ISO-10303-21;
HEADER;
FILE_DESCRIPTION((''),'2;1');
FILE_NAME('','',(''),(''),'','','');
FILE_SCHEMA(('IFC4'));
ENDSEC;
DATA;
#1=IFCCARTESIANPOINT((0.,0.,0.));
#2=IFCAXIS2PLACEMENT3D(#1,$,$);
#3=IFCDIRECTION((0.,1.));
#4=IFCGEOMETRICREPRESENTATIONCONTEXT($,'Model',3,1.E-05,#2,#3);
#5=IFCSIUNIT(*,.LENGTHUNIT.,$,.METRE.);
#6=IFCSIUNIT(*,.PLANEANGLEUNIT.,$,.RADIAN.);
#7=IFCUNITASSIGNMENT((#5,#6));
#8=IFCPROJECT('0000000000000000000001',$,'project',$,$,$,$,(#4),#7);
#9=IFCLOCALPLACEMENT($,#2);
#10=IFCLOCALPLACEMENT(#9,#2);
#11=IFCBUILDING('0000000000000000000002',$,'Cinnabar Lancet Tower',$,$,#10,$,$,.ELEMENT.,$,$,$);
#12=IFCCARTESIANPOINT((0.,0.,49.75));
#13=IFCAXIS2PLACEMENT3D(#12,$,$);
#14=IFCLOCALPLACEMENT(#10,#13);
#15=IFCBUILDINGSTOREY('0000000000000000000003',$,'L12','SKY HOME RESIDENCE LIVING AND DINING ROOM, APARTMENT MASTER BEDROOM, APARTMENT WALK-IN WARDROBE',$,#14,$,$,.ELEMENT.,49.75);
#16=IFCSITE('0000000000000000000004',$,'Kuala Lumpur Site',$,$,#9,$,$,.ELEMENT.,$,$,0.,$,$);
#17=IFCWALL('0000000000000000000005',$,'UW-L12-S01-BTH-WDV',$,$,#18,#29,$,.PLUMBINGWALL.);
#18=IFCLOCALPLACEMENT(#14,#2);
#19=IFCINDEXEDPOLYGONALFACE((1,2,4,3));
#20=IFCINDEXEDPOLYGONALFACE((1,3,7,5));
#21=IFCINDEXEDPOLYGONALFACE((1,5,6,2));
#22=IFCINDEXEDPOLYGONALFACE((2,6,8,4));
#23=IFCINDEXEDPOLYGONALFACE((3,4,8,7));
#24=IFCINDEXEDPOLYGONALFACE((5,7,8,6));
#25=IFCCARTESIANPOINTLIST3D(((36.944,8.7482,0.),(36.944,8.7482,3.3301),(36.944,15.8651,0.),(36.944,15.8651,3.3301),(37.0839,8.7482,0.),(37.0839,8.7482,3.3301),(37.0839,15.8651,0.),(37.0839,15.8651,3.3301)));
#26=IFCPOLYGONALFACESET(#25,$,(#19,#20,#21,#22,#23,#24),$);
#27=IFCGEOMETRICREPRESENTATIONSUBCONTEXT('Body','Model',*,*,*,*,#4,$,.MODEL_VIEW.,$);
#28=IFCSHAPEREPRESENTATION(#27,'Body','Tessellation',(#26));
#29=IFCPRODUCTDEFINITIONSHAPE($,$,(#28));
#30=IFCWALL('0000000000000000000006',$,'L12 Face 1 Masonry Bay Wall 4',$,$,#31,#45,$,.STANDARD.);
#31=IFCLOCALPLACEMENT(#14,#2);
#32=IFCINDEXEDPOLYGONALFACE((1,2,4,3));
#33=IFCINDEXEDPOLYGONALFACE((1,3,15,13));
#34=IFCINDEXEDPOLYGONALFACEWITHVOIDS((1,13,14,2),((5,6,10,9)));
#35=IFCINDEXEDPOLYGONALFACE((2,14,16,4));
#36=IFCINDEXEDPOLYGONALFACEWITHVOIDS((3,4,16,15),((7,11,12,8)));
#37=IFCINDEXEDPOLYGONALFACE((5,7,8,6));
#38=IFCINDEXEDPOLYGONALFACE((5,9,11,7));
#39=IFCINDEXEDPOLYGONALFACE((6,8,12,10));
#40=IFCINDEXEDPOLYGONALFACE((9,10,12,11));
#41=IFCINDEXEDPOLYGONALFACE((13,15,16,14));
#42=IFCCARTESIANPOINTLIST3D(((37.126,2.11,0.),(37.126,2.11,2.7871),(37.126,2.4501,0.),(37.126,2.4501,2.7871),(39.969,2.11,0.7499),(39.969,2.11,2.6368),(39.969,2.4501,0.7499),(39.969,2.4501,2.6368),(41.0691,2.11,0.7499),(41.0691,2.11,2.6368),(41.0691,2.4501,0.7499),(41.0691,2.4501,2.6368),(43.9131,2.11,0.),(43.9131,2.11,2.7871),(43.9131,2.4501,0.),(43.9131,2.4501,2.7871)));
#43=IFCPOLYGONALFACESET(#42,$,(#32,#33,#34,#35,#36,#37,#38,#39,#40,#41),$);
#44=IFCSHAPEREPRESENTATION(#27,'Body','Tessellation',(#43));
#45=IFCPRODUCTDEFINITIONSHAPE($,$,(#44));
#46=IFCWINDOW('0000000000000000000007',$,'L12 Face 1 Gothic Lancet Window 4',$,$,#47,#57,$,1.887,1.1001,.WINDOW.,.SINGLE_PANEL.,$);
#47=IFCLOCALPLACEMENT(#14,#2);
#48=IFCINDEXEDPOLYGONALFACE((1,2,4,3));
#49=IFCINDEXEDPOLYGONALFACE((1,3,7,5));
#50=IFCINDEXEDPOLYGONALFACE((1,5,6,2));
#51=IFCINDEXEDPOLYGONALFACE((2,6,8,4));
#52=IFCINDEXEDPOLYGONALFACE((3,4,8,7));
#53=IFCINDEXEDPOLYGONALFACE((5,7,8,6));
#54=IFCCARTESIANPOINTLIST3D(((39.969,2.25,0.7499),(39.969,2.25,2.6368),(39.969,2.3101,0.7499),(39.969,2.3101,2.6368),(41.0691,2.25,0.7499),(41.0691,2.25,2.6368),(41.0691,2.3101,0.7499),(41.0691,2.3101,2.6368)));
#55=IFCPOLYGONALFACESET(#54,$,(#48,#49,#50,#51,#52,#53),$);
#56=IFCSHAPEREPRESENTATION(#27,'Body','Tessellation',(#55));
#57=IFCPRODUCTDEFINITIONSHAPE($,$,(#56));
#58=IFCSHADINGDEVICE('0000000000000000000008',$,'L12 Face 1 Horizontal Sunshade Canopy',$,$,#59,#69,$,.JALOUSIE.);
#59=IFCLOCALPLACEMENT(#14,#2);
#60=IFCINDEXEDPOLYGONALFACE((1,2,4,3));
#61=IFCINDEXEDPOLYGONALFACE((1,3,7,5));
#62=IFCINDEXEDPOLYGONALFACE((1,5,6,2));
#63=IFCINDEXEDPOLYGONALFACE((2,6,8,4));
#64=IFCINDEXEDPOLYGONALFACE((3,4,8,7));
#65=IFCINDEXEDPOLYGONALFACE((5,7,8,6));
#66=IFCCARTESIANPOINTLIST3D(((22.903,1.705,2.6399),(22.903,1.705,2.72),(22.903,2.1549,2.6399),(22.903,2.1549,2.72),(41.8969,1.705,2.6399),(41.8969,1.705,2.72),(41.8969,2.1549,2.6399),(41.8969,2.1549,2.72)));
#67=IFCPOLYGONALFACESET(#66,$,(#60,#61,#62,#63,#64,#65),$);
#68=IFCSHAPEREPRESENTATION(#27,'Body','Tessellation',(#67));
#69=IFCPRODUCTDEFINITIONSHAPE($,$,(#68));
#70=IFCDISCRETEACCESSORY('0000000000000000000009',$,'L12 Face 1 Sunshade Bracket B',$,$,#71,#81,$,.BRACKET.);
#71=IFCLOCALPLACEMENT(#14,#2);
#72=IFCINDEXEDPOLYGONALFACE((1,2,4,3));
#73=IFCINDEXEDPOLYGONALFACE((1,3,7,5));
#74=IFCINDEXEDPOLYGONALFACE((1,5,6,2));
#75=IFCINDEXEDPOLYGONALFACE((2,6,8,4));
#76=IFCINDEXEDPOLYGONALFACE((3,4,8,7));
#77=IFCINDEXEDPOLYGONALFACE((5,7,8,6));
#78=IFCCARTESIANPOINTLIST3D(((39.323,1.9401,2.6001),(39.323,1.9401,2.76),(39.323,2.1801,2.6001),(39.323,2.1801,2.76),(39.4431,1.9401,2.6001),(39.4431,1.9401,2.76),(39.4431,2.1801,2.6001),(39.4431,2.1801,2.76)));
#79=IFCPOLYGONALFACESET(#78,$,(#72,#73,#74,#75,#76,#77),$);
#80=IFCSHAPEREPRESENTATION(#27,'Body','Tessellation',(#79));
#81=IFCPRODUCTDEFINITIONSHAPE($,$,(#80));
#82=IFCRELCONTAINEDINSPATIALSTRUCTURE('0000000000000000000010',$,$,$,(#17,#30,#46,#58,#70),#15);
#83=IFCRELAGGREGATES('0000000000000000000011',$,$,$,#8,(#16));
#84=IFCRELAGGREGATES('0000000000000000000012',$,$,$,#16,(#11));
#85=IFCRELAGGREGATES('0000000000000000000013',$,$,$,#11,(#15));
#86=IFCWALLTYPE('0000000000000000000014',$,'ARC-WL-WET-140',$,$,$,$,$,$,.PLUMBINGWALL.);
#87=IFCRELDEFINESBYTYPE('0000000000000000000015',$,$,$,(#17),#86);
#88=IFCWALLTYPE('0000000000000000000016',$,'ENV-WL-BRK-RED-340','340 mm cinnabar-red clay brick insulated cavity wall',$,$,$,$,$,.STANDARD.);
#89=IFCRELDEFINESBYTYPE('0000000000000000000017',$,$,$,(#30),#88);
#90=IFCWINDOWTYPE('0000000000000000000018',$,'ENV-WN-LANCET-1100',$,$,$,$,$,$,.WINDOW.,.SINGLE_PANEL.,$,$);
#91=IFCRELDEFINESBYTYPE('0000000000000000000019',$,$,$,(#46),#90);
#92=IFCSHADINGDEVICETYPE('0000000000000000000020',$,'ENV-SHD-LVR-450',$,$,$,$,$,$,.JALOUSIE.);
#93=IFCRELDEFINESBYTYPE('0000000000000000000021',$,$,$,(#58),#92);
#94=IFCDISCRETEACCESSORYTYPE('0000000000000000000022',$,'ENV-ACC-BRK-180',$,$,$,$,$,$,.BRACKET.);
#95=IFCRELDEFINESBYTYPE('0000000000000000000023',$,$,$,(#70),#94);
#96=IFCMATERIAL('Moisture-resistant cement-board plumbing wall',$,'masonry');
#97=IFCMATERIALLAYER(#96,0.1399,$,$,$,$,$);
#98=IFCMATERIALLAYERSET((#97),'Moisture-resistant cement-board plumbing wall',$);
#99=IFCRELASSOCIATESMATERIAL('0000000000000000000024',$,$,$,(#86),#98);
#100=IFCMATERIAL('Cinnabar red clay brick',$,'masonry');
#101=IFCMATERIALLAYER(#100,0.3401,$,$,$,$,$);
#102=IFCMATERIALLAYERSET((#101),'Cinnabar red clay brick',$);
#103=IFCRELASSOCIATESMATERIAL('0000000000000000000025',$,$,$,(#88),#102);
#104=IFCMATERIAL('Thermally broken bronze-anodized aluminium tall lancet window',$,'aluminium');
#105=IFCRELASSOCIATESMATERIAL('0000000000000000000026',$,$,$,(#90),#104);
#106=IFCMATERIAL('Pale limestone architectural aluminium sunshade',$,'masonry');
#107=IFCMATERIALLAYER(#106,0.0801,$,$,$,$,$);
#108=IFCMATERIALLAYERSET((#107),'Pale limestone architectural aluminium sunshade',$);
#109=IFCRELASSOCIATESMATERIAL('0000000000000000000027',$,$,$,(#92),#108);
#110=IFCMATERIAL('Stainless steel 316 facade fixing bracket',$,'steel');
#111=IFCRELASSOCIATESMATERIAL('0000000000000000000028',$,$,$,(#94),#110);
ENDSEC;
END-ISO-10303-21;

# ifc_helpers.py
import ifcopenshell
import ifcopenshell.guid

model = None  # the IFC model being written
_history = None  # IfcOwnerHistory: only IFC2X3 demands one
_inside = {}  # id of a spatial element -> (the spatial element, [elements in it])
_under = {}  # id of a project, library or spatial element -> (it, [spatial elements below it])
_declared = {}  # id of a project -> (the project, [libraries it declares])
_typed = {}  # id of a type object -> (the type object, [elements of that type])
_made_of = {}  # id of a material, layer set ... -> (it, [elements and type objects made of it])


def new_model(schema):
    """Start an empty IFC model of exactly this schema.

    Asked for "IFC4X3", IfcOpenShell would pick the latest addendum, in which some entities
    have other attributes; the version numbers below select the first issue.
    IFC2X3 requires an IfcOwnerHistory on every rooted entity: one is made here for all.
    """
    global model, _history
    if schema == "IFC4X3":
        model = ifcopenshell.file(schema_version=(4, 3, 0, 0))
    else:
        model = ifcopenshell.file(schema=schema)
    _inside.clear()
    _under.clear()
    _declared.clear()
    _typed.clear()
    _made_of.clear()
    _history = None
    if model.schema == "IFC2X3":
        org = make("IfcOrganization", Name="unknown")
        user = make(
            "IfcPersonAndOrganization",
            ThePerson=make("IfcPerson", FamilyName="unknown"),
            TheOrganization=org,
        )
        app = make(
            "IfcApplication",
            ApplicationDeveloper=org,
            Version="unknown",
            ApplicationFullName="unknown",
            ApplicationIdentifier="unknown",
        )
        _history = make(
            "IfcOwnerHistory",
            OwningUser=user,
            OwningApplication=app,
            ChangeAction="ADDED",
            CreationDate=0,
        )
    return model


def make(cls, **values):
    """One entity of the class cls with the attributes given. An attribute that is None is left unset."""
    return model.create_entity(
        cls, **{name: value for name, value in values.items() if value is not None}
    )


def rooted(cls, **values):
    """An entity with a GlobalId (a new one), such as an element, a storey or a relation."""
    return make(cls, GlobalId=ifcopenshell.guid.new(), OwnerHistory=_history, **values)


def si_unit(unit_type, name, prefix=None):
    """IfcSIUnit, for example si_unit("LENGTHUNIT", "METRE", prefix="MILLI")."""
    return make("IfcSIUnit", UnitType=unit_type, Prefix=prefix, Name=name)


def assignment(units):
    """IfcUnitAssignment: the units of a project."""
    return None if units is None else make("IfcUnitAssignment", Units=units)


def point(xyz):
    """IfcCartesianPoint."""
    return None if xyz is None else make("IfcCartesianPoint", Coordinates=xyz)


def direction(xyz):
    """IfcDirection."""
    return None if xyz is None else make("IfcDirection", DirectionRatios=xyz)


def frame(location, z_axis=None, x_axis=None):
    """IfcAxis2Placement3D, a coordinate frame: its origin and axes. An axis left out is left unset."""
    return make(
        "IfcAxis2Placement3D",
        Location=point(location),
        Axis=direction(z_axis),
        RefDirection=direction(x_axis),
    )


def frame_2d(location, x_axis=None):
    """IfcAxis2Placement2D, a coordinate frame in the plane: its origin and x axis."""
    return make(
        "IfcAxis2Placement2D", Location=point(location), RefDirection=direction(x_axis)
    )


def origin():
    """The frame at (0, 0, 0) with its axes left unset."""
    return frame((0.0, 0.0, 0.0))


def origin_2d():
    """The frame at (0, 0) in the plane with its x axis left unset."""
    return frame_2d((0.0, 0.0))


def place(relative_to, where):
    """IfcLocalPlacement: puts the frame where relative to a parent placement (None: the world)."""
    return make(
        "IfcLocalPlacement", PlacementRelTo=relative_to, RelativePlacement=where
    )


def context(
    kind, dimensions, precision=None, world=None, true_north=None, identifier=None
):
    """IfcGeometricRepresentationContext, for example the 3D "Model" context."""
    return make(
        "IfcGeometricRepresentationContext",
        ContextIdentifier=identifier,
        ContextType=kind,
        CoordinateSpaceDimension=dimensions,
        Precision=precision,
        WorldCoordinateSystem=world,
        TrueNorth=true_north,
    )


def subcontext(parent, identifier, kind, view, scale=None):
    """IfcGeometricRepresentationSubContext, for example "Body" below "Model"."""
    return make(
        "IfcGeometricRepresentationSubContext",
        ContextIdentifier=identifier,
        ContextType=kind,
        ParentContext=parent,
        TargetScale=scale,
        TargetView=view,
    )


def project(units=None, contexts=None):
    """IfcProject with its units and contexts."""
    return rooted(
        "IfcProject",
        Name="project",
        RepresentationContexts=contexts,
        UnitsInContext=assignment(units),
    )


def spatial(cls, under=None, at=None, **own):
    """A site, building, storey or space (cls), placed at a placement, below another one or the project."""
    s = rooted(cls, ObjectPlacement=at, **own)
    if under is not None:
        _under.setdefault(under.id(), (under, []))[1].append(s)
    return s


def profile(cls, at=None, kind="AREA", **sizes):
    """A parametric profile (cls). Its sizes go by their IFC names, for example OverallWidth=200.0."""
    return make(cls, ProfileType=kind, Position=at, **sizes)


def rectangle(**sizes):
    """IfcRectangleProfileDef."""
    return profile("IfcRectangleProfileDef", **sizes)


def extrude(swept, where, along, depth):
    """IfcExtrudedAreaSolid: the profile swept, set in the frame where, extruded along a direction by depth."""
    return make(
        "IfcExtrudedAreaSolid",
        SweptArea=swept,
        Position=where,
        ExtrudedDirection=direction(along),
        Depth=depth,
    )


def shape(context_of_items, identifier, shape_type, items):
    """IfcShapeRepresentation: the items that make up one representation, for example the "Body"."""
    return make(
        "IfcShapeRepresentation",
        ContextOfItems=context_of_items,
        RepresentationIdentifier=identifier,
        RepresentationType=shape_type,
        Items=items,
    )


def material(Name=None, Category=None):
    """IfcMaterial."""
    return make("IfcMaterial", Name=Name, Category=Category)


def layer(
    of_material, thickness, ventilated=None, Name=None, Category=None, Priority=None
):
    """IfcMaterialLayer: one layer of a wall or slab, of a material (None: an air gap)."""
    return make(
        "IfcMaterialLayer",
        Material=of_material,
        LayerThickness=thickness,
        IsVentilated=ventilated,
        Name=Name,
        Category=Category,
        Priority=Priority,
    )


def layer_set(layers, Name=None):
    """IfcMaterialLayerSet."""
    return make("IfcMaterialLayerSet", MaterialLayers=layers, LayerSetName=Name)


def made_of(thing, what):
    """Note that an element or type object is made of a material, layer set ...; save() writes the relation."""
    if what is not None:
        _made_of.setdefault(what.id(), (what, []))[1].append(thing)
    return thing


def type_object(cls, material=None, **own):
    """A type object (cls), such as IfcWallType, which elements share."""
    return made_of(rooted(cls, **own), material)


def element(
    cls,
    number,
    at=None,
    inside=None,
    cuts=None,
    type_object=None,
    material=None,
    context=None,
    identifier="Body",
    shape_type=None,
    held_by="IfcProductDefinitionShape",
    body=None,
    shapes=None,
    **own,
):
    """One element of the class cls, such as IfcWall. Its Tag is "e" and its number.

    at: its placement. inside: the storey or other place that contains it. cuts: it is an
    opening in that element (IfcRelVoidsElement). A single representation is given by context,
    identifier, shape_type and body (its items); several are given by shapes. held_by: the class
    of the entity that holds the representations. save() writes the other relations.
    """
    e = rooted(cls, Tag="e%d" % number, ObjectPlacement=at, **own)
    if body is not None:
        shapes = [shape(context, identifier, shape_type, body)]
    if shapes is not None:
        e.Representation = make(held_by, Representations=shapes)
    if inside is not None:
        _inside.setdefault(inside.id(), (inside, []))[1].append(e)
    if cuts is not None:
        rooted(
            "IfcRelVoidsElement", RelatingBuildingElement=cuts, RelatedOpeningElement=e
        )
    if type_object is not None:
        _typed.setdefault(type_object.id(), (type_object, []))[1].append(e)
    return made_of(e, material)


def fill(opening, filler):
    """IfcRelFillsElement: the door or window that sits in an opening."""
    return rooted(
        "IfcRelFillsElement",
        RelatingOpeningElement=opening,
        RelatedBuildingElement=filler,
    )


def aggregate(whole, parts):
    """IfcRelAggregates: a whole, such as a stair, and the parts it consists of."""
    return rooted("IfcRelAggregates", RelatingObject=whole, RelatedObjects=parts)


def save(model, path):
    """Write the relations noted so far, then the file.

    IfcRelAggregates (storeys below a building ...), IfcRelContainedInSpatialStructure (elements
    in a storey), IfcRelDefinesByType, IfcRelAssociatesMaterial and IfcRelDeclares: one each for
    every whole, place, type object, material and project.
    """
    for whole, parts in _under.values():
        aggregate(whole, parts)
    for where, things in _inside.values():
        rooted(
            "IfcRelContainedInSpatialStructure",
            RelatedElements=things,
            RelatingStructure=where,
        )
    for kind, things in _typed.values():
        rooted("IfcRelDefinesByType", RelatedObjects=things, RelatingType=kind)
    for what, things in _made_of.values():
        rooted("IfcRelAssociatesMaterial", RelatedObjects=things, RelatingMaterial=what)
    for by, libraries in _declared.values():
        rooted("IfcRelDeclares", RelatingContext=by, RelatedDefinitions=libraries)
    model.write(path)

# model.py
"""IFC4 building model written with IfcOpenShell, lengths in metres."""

from ifc_helpers import new_model, si_unit, direction, frame, frame_2d, origin, origin_2d, place, context, subcontext, project, spatial, rectangle, extrude, material, layer, layer_set, type_object, element, fill, save


model = new_model("IFC4")

# Units and contexts
model_context = context("Model", 3, precision=1e-05, world=origin(), true_north=direction((0.0, 1.0)))
body_context = subcontext(model_context, "Body", "Model", "MODEL_VIEW")
ifc_project = project(units=[si_unit("LENGTHUNIT", "METRE"), si_unit("PLANEANGLEUNIT", "RADIAN")], contexts=[model_context])

# Site, building, storey
site_placement = place(None, origin())
site = spatial("IfcSite", under=ifc_project, at=site_placement, Name="Kuala Lumpur Site", CompositionType="ELEMENT", RefElevation=0.0)
building_placement = place(site_placement, origin())
building = spatial("IfcBuilding", under=site, at=building_placement, Name="Cinnabar Lancet Tower", CompositionType="ELEMENT")
storey_placement = place(building_placement, frame((0.0, 0.0, 49.75)))
storey = spatial("IfcBuildingStorey", under=building, at=storey_placement, Name="L12", Description="SKY HOME RESIDENCE LIVING AND DINING ROOM, APARTMENT MASTER BEDROOM, APARTMENT WALK-IN WARDROBE", CompositionType="ELEMENT", Elevation=49.75)

# Wall
ifc_material_1 = material(Name="Moisture-resistant cement-board plumbing wall", Category="masonry")
ifc_layer_1 = layer(ifc_material_1, 0.1399)
ifc_layer_set_1 = layer_set([ifc_layer_1], Name="Moisture-resistant cement-board plumbing wall")
wall_type_1 = type_object("IfcWallType", Name="ARC-WL-WET-140", PredefinedType="PLUMBINGWALL", material=ifc_layer_set_1)
wall_1_placement = place(storey_placement, frame((37.0139, 8.748, 0.0), z_axis=(0.0, 0.0, 1.0), x_axis=(0.0, 1.0, 0.0)))
element("IfcWall", 1, at=wall_1_placement, inside=storey, type_object=wall_type_1, Name="UW-L12-S01-BTH-WDV", PredefinedType="PLUMBINGWALL", context=body_context, shape_type="SweptSolid", body=[
    extrude(rectangle(XDim=7.1169, YDim=0.1399, at=frame_2d((3.5586, 0.0))), origin(), (0.0, 0.0, 1.0), 3.3301),
])

# Wall, opening, window
ifc_material_2 = material(Name="Cinnabar red clay brick", Category="masonry")
ifc_layer_2 = layer(ifc_material_2, 0.3401)
ifc_layer_set_2 = layer_set([ifc_layer_2], Name="Cinnabar red clay brick")
wall_type_2 = type_object("IfcWallType", Name="ENV-WL-BRK-RED-340", Description="340 mm cinnabar-red clay brick insulated cavity wall", PredefinedType="STANDARD", material=ifc_layer_set_2)
wall_2_placement = place(storey_placement, frame((37.126, 2.28, 0.0), z_axis=(0.0, 0.0, 1.0), x_axis=(1.0, 0.0, 0.0)))
wall_2 = element("IfcWall", 2, at=wall_2_placement, inside=storey, type_object=wall_type_2, Name="L12 Face 1 Masonry Bay Wall 4", PredefinedType="STANDARD", context=body_context, shape_type="SweptSolid", body=[
    extrude(rectangle(XDim=6.7871, YDim=0.3401, at=frame_2d((3.3936, 0.0))), origin(), (0.0, 0.0, 1.0), 2.7871),
])
opening_1_placement = place(wall_2_placement, frame((2.843, 0.0, 0.75)))
opening_1 = element("IfcOpeningElement", 3, at=opening_1_placement, cuts=wall_2, PredefinedType="OPENING", context=body_context, shape_type="SweptSolid", body=[
    extrude(rectangle(XDim=1.1001, YDim=1.887, at=frame_2d((0.55, 0.9434))), frame((0.0, 0.1799, 0.0), z_axis=(0.0, -1.0, 0.0), x_axis=(1.0, 0.0, 0.0)), (0.0, 0.0, 1.0), 0.3601),
])
ifc_material_3 = material(Name="Thermally broken bronze-anodized aluminium tall lancet window", Category="aluminium")
window_type = type_object("IfcWindowType", Name="ENV-WN-LANCET-1100", PartitioningType="SINGLE_PANEL", PredefinedType="WINDOW", material=ifc_material_3)
window_placement = place(opening_1_placement, origin())
window = element("IfcWindow", 4, at=window_placement, inside=storey, type_object=window_type, Name="L12 Face 1 Gothic Lancet Window 4", OverallHeight=1.887, OverallWidth=1.1001, PartitioningType="SINGLE_PANEL", PredefinedType="WINDOW", context=body_context, shape_type="SweptSolid", body=[
    extrude(rectangle(XDim=1.1001, YDim=1.887, at=frame_2d((0.55, 0.9434))), frame((0.0, 0.03, 0.0), z_axis=(0.0, -1.0, 0.0), x_axis=(1.0, 0.0, 0.0)), (0.0, 0.0, 1.0), 0.0601),
])
fill(opening_1, window)

# Shading device
ifc_material_4 = material(Name="Pale limestone architectural aluminium sunshade", Category="masonry")
ifc_layer_3 = layer(ifc_material_4, 0.0801)
ifc_layer_set_3 = layer_set([ifc_layer_3], Name="Pale limestone architectural aluminium sunshade")
shading_device_type = type_object("IfcShadingDeviceType", Name="ENV-SHD-LVR-450", PredefinedType="JALOUSIE", material=ifc_layer_set_3)
shading_device_placement = place(storey_placement, frame((32.3999, 1.9299, 2.6399), z_axis=(0.0, 0.0, 1.0), x_axis=(1.0, 0.0, 0.0)))
element("IfcShadingDevice", 5, at=shading_device_placement, inside=storey, type_object=shading_device_type, Name="L12 Face 1 Horizontal Sunshade Canopy", PredefinedType="JALOUSIE", context=body_context, shape_type="SweptSolid", body=[
    extrude(rectangle(XDim=18.9939, YDim=0.45, at=origin_2d()), origin(), (0.0, 0.0, 1.0), 0.0801),
])

# Discrete accessory
ifc_material_5 = material(Name="Stainless steel 316 facade fixing bracket", Category="steel")
discrete_accessory_type = type_object("IfcDiscreteAccessoryType", Name="ENV-ACC-BRK-180", PredefinedType="BRACKET", material=ifc_material_5)
discrete_accessory_placement = place(storey_placement, frame((39.3831, 2.0601, 2.6001), z_axis=(0.0, 0.0, 1.0), x_axis=(1.0, 0.0, 0.0)))
element("IfcDiscreteAccessory", 6, at=discrete_accessory_placement, inside=storey, type_object=discrete_accessory_type, Name="L12 Face 1 Sunshade Bracket B", PredefinedType="BRACKET", context=body_context, shape_type="SweptSolid", body=[
    extrude(rectangle(XDim=0.1201, YDim=0.24, at=origin_2d()), origin(), (0.0, 0.0, 1.0), 0.1599),
])

save(model, "model.ifc")
